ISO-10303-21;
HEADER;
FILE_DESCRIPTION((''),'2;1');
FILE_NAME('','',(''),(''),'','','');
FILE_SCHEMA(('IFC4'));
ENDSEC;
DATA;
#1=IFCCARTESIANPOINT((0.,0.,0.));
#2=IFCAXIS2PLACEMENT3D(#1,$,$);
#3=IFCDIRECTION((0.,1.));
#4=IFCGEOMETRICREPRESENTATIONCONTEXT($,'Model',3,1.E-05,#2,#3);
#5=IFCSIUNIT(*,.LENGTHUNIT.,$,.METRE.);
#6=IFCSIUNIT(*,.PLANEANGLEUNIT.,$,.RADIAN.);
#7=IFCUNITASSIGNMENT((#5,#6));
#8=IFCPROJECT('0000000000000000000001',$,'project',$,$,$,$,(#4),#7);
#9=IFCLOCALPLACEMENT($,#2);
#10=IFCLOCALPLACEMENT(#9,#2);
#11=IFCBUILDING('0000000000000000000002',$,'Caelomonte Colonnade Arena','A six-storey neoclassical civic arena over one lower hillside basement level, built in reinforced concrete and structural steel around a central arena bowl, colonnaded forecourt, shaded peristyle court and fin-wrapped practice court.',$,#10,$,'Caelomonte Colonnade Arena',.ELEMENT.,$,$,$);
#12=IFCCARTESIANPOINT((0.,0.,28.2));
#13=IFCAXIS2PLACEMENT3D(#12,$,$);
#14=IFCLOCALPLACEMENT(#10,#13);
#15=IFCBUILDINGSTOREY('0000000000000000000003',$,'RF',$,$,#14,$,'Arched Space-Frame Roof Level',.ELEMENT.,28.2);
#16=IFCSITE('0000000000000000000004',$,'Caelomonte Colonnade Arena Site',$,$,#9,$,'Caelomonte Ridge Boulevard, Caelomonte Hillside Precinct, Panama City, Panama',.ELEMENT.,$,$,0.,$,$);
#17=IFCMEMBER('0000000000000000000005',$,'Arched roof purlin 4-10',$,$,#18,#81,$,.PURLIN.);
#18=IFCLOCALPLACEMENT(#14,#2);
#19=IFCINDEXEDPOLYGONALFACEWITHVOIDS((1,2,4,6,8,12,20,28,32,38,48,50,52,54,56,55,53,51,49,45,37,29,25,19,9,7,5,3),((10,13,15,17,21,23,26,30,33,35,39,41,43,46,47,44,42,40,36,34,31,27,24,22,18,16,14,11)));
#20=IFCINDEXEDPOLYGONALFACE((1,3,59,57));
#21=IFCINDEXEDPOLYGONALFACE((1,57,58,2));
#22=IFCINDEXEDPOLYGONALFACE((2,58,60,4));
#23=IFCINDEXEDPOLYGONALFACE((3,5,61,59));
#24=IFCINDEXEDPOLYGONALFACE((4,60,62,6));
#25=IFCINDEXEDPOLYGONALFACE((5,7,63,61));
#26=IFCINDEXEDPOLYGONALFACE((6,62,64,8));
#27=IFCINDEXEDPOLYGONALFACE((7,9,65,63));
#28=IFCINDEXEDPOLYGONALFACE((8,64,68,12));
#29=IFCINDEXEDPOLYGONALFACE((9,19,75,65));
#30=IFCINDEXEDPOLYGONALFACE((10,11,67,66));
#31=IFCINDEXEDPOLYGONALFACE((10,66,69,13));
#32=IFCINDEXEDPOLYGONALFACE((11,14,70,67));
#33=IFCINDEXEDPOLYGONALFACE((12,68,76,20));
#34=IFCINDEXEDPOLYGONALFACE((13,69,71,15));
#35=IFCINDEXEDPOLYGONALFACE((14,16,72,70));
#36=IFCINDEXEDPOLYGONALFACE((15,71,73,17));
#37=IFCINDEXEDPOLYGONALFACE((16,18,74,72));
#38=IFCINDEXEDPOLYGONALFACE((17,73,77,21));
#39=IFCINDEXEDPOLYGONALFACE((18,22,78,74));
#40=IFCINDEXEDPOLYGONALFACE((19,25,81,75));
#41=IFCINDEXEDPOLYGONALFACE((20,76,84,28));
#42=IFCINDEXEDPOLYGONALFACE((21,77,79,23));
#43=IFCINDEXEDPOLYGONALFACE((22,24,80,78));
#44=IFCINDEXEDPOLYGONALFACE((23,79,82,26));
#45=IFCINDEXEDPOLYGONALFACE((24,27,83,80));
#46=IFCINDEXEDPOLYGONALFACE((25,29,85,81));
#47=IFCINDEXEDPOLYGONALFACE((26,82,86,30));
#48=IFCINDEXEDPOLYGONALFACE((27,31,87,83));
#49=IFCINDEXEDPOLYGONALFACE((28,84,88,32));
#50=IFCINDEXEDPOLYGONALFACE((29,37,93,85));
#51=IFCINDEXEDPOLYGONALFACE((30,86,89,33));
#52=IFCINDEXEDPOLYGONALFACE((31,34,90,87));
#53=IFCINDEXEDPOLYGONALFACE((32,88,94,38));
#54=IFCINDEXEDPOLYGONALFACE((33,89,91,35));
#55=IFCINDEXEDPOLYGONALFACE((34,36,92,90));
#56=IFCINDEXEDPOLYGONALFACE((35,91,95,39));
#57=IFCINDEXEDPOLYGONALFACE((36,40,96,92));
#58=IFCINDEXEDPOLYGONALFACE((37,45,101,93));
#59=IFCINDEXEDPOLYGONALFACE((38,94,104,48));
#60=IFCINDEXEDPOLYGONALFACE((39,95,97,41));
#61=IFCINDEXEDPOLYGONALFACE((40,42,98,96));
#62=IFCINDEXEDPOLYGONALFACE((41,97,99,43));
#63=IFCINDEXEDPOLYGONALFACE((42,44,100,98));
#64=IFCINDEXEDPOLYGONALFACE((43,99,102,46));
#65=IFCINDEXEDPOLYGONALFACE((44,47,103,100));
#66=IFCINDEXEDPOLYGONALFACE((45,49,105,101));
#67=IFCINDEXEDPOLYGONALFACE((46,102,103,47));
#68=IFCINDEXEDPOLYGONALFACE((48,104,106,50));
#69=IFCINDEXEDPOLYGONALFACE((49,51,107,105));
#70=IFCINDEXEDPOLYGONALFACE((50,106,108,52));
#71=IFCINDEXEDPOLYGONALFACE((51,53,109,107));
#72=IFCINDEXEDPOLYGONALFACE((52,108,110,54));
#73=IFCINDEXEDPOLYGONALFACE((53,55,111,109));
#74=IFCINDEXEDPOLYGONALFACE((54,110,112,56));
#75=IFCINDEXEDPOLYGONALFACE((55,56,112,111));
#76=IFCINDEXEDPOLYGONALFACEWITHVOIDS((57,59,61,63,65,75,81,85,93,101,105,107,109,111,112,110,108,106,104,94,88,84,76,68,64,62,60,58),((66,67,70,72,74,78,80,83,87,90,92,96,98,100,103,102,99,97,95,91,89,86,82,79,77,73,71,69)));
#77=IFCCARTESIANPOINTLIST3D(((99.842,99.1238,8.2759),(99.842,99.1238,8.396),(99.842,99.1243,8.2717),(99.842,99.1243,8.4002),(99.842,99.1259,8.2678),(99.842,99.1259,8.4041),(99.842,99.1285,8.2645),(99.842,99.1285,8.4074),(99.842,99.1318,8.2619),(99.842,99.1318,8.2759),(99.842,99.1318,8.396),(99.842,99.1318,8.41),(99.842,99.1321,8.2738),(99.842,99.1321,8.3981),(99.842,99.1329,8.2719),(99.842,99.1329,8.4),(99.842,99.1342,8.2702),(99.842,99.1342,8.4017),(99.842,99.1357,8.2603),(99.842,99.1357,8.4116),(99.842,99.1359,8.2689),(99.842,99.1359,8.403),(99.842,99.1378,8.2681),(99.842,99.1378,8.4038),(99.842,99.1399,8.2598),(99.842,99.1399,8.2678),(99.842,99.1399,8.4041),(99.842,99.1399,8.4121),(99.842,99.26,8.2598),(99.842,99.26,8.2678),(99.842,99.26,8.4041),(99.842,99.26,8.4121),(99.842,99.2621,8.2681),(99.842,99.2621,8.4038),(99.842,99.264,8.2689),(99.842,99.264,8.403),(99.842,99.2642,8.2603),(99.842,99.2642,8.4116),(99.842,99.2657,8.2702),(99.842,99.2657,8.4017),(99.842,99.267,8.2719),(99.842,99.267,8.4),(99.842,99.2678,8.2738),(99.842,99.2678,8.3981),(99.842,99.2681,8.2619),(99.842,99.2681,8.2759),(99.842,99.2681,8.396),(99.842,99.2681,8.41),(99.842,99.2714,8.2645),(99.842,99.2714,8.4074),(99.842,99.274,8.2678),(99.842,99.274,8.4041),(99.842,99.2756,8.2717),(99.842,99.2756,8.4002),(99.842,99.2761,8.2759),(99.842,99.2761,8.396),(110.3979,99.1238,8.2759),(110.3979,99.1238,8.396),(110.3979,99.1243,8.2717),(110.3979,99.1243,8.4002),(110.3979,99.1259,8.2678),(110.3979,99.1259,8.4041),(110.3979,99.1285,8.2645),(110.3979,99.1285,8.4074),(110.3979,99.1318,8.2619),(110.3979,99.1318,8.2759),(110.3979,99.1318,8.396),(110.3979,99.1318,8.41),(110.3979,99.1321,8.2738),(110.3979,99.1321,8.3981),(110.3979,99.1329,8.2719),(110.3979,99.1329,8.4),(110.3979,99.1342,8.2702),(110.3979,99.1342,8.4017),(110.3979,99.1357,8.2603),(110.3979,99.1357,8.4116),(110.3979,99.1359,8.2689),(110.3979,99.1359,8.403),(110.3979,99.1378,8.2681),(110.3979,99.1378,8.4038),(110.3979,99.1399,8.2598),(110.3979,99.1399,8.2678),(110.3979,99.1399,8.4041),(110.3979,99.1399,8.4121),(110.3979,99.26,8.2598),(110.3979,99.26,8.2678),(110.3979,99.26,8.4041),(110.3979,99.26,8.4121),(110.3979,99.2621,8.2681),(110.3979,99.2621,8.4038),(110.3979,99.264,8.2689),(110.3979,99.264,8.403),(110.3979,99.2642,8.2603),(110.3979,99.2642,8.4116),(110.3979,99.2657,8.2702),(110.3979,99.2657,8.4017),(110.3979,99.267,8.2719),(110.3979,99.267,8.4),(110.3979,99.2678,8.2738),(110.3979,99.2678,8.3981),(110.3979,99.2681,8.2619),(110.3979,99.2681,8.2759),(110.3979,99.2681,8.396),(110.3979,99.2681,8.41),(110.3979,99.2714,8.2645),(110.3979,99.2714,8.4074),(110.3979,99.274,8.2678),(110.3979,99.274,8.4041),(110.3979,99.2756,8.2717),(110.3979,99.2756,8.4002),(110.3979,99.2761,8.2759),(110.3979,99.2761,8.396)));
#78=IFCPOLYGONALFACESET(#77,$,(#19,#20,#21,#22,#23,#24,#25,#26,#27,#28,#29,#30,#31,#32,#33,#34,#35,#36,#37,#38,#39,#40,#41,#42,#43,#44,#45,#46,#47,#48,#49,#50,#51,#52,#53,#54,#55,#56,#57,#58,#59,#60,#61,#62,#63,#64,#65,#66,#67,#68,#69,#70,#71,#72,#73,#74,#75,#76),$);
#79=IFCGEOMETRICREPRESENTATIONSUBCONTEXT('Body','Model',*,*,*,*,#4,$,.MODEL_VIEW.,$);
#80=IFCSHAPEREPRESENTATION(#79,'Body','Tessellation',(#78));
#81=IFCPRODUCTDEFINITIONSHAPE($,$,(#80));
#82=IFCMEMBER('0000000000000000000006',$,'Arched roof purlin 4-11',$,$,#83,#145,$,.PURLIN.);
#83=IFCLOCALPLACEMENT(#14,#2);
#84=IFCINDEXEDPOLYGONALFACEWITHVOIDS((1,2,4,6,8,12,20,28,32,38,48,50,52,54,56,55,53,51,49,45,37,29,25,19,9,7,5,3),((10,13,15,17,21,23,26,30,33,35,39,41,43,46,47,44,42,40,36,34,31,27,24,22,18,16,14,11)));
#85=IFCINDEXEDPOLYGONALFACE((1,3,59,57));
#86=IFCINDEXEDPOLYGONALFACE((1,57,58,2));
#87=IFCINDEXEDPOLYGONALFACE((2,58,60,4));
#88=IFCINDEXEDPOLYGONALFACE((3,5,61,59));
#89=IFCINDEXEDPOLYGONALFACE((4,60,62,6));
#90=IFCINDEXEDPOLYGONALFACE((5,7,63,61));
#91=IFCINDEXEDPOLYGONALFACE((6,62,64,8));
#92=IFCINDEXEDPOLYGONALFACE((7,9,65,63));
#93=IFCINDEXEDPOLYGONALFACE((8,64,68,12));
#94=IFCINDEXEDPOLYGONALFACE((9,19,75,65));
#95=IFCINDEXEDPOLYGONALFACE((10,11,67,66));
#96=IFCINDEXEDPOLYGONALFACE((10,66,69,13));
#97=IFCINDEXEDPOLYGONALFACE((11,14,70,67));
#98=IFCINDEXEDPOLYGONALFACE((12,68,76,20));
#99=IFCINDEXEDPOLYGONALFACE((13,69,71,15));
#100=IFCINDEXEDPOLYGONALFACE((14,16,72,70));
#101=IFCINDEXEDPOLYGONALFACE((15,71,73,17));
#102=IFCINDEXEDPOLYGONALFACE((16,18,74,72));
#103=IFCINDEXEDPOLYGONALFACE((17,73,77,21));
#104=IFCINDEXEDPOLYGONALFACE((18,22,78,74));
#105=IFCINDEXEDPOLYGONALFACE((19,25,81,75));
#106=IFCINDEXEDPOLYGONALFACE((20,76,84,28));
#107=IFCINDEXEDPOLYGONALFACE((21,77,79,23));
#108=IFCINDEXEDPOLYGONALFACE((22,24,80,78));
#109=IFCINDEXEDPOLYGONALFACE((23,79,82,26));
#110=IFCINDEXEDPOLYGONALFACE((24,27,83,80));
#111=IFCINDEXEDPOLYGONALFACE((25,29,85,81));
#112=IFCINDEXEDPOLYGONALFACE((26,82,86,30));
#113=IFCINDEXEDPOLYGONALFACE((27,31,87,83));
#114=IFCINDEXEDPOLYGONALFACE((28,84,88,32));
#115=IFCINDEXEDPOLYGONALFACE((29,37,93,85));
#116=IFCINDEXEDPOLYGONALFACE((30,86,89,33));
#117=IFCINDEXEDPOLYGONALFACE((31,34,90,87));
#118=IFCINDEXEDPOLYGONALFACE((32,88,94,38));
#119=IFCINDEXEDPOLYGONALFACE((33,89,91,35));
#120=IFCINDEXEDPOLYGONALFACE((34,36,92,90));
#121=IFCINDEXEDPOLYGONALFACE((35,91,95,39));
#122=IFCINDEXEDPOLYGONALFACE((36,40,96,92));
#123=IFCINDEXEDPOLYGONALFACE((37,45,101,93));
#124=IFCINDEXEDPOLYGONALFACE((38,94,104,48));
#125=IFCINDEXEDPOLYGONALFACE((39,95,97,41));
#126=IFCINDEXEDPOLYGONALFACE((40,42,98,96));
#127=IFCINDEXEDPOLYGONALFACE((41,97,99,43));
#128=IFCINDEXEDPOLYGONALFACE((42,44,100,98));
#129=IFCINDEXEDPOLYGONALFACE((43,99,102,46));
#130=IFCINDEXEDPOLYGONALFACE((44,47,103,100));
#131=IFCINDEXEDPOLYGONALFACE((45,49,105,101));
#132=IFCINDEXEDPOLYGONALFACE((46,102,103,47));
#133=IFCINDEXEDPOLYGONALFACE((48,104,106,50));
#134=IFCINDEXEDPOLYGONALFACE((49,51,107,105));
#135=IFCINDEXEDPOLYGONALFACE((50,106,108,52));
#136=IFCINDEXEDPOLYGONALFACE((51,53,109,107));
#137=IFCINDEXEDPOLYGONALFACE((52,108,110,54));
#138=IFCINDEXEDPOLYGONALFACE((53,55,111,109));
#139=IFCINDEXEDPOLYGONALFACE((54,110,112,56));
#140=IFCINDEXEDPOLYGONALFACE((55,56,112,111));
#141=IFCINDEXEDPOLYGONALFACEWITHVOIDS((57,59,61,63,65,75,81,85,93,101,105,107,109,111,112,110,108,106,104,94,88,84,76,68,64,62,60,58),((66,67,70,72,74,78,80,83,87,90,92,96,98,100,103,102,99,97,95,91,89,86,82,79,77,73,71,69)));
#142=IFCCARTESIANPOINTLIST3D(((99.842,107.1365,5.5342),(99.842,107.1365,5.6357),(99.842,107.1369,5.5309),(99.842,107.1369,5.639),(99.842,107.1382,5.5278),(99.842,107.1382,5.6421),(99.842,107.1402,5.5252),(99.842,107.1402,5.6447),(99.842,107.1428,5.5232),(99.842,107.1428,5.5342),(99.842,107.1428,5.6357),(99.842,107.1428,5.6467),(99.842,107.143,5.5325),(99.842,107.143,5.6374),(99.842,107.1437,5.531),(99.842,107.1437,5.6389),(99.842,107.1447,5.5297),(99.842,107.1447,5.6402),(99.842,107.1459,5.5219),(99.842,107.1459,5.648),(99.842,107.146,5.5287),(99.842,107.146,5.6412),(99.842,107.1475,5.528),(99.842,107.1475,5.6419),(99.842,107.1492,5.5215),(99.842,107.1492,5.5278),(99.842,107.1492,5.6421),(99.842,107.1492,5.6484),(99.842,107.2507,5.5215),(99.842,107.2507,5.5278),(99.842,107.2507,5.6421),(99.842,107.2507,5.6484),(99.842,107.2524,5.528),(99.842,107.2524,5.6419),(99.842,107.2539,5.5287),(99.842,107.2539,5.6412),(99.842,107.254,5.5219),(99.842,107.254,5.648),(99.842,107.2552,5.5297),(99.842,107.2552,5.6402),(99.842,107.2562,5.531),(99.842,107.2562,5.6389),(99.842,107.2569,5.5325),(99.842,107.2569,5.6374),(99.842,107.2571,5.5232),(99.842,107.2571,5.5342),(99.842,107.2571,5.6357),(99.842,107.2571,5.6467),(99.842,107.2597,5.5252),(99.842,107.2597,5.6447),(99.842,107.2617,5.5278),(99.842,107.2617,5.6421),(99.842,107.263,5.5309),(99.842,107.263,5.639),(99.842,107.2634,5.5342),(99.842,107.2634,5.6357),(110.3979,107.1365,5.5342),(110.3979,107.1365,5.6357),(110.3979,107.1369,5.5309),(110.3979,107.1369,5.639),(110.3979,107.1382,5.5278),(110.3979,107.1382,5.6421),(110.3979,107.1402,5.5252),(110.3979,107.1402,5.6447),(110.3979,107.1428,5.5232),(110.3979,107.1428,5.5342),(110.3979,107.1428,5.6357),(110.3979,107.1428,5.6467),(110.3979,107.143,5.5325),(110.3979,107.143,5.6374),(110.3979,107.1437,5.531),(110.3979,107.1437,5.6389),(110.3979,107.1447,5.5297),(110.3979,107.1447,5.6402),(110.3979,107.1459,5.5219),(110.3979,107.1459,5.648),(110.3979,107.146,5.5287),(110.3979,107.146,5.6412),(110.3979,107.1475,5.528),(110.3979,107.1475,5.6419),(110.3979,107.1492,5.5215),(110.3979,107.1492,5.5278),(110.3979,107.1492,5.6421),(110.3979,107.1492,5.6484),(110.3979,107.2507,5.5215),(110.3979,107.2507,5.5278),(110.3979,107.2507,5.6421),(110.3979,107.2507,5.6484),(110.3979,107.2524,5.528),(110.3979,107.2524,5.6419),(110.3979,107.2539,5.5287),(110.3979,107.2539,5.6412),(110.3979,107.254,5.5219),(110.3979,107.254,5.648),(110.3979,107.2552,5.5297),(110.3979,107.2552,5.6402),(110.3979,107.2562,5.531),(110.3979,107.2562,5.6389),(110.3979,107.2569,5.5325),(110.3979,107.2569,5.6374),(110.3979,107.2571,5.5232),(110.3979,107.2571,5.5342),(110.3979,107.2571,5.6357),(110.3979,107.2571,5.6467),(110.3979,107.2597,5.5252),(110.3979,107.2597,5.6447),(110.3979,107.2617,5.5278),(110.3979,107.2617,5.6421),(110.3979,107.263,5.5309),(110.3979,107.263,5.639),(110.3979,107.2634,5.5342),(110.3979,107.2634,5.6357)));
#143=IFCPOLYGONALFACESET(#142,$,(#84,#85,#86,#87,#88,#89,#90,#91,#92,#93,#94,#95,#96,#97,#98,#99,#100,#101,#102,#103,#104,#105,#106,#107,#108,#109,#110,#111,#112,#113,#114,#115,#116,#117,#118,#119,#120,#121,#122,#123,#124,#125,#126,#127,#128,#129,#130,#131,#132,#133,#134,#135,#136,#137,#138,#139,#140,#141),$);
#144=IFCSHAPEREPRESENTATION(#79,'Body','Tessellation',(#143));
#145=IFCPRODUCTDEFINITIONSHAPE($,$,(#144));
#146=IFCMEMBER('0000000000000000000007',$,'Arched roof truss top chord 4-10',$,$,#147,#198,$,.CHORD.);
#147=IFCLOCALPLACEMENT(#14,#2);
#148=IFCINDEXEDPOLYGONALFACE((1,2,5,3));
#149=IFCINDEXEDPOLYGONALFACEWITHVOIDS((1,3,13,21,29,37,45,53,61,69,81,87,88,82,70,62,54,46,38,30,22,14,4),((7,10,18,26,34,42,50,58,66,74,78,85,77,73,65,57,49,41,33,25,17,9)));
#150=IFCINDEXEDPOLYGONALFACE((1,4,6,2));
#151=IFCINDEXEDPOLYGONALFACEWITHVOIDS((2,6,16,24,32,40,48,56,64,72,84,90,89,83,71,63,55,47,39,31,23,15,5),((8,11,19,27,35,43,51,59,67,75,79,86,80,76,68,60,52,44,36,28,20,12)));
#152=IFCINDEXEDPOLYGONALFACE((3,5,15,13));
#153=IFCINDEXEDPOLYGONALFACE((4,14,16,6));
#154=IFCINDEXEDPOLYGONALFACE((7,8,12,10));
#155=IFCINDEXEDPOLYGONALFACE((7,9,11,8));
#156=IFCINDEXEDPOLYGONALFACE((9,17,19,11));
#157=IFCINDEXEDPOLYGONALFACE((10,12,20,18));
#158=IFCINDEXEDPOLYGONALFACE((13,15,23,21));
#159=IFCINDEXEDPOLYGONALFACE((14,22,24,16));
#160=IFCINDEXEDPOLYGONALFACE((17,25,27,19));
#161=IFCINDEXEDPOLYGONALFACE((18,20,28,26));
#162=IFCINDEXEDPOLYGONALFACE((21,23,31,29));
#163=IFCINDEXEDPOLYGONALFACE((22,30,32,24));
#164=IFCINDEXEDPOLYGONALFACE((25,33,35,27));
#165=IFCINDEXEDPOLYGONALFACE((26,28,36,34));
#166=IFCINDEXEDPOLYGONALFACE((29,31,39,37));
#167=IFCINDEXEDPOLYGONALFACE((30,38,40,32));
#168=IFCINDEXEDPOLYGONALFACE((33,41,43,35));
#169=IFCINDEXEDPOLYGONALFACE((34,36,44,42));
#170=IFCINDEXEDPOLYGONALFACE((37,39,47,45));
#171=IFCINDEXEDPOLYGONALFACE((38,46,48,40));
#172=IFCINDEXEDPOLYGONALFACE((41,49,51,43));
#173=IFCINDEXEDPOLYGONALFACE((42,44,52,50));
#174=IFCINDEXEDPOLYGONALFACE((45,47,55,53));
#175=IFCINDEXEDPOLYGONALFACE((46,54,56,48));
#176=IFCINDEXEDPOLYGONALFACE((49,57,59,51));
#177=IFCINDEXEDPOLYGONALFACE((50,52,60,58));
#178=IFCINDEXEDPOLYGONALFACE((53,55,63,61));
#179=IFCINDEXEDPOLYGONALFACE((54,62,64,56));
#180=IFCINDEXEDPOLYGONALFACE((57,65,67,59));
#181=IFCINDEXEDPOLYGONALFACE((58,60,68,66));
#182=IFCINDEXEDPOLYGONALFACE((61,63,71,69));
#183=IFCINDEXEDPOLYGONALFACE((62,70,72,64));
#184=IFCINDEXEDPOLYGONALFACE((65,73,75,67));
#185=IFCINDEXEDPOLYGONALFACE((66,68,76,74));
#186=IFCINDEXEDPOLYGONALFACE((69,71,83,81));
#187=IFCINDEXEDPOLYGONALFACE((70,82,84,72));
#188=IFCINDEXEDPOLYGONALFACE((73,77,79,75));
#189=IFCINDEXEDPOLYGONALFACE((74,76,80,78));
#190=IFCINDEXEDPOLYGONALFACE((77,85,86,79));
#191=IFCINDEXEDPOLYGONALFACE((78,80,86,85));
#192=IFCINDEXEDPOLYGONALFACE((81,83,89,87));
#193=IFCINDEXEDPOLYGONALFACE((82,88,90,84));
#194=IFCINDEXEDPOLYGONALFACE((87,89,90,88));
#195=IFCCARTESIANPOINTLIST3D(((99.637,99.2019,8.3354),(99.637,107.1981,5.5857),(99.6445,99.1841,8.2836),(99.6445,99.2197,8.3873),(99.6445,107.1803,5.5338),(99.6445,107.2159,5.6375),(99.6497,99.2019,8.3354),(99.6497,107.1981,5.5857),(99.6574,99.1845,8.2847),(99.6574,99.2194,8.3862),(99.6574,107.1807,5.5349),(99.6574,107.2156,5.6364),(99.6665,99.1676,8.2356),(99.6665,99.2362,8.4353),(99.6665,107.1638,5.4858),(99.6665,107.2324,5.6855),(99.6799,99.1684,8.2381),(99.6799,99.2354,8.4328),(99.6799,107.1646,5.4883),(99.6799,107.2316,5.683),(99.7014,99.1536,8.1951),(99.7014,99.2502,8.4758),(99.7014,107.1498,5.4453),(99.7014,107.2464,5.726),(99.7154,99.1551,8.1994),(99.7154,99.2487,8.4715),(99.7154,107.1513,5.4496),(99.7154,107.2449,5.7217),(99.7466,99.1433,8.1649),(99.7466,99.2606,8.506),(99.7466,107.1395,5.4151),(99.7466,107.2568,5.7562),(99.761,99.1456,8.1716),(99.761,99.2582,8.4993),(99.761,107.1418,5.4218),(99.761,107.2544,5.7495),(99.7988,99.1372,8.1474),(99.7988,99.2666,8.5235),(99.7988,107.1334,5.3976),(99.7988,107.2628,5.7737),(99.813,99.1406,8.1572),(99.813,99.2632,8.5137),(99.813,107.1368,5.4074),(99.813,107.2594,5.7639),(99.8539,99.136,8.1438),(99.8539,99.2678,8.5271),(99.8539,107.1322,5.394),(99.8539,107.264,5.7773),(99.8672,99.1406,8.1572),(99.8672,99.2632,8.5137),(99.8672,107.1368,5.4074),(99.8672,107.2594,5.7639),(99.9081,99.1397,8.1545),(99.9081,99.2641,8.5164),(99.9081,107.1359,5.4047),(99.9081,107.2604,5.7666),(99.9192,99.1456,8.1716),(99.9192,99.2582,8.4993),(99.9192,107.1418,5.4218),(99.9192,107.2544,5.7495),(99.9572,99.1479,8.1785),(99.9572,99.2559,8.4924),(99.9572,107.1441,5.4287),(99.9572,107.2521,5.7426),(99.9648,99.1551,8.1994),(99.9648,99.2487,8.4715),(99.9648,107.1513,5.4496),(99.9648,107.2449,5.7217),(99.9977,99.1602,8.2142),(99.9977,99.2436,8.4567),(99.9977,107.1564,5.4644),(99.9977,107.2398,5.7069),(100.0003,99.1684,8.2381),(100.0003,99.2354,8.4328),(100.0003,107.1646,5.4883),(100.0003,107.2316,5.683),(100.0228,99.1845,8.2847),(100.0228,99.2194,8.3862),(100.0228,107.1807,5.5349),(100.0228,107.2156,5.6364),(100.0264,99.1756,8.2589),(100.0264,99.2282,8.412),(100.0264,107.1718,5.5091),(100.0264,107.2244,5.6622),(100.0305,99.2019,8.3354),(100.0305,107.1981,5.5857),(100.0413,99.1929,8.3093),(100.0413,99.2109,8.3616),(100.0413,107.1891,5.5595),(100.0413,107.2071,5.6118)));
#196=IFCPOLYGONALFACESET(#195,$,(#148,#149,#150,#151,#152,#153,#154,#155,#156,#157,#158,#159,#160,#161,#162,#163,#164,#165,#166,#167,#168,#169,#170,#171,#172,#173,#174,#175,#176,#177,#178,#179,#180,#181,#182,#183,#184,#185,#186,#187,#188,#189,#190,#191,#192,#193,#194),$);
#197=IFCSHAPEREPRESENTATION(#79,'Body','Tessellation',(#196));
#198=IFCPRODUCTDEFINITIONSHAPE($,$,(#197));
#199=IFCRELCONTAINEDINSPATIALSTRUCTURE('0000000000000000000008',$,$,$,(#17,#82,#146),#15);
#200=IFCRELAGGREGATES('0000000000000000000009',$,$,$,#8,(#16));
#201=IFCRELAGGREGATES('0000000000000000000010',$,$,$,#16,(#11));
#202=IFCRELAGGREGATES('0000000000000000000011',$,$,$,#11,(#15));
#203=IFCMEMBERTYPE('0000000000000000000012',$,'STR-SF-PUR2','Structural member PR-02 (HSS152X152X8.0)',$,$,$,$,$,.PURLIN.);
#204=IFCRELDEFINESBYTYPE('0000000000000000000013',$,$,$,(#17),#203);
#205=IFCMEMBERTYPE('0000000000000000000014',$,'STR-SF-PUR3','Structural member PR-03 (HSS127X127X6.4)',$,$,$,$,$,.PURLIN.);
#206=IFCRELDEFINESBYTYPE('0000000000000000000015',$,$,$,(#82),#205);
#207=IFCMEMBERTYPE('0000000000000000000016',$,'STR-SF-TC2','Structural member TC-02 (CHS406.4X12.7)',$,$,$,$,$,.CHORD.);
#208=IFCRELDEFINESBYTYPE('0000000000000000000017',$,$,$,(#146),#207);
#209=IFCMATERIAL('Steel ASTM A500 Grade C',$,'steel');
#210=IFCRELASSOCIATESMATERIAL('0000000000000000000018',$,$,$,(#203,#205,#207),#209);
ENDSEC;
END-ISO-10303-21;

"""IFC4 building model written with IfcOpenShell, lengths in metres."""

from ifc_helpers import new_model, si_unit, direction, frame, origin, origin_2d, place, context, subcontext, project, spatial, hollow_rectangle, hollow_circle, extrude, material, material_profile, profile_set, type_object, element, save


model = new_model("IFC4")

# Units and contexts
model_context = context("Model", 3, precision=1e-05, world=origin(), true_north=direction((0.0, 1.0)))
body_context = subcontext(model_context, "Body", "Model", "MODEL_VIEW")
ifc_project = project(units=[si_unit("LENGTHUNIT", "METRE"), si_unit("PLANEANGLEUNIT", "RADIAN")], contexts=[model_context])

# Site, building, storey
site_placement = place(None, origin())
site = spatial("IfcSite", under=ifc_project, at=site_placement, Name="Caelomonte Colonnade Arena Site", LongName="Caelomonte Ridge Boulevard, Caelomonte Hillside Precinct, Panama City, Panama", CompositionType="ELEMENT", RefElevation=0.0)
building_placement = place(site_placement, origin())
building = spatial("IfcBuilding", under=site, at=building_placement, Name="Caelomonte Colonnade Arena", Description="A six-storey neoclassical civic arena over one lower hillside basement level, built in reinforced concrete and structural steel around a central arena bowl, colonnaded forecourt, shaded peristyle court and fin-wrapped practice court.", LongName="Caelomonte Colonnade Arena", CompositionType="ELEMENT")
storey_placement = place(building_placement, frame((0.0, 0.0, 28.2)))
storey = spatial("IfcBuildingStorey", under=building, at=storey_placement, Name="RF", LongName="Arched Space-Frame Roof Level", CompositionType="ELEMENT", Elevation=28.2)

# Members
ifc_material_1 = material(Name="Steel ASTM A500 Grade C", Category="steel")
ifc_material_profile_1 = material_profile(ifc_material_1, hollow_rectangle(XDim=0.1523, YDim=0.1523, WallThickness=0.0081, InnerFilletRadius=0.0081, OuterFilletRadius=0.0161, at=origin_2d()), Name="HSS152X152X8.0")
ifc_profile_set_1 = profile_set([ifc_material_profile_1], Name="Steel ASTM A500 Grade C")
member_type_1 = type_object("IfcMemberType", Name="STR-SF-PUR2", Description="Structural member PR-02 (HSS152X152X8.0)", PredefinedType="PURLIN", material=ifc_profile_set_1)
member_1_placement = place(storey_placement, frame((99.842, 99.2, 8.3359), z_axis=(1.0, 0.0, 0.0), x_axis=(0.0, 1.0, 0.0)))
element("IfcMember", 1, at=member_1_placement, inside=storey, type_object=member_type_1, Name="Arched roof purlin 4-10", PredefinedType="PURLIN", context=body_context, shape_type="SweptSolid", body=[
    extrude(hollow_rectangle(XDim=0.1523, YDim=0.1523, WallThickness=0.0081, InnerFilletRadius=0.0081, OuterFilletRadius=0.0161, at=origin_2d()), origin(), (0.0, 0.0, 1.0), 10.5559),
])
ifc_material_profile_2 = material_profile(ifc_material_1, hollow_rectangle(XDim=0.127, YDim=0.127, WallThickness=0.0063, InnerFilletRadius=0.0063, OuterFilletRadius=0.0127, at=origin_2d()), Name="HSS127X127X6.4")
ifc_profile_set_2 = profile_set([ifc_material_profile_2], Name="Steel ASTM A500 Grade C")
member_type_2 = type_object("IfcMemberType", Name="STR-SF-PUR3", Description="Structural member PR-03 (HSS127X127X6.4)", PredefinedType="PURLIN", material=ifc_profile_set_2)
member_2_placement = place(storey_placement, frame((99.842, 107.2, 5.585), z_axis=(1.0, 0.0, 0.0), x_axis=(0.0, 1.0, 0.0)))
element("IfcMember", 2, at=member_2_placement, inside=storey, type_object=member_type_2, Name="Arched roof purlin 4-11", PredefinedType="PURLIN", context=body_context, shape_type="SweptSolid", body=[
    extrude(hollow_rectangle(XDim=0.127, YDim=0.127, WallThickness=0.0063, InnerFilletRadius=0.0063, OuterFilletRadius=0.0127, at=origin_2d()), origin(), (0.0, 0.0, 1.0), 10.5559),
])
ifc_material_profile_3 = material_profile(ifc_material_1, hollow_circle(Radius=0.2031, WallThickness=0.0127, at=origin_2d()), Name="CHS406.4X12.7")
ifc_profile_set_3 = profile_set([ifc_material_profile_3], Name="Steel ASTM A500 Grade C")
member_type_3 = type_object("IfcMemberType", Name="STR-SF-TC2", Description="Structural member TC-02 (CHS406.4X12.7)", PredefinedType="CHORD", material=ifc_profile_set_3)
member_3_placement = place(storey_placement, frame((99.8401, 99.2019, 8.3354), z_axis=(0.0, 0.945647, -0.325196), x_axis=(-1.0, 0.0, 0.0)))
element("IfcMember", 3, at=member_3_placement, inside=storey, type_object=member_type_3, Name="Arched roof truss top chord 4-10", PredefinedType="CHORD", context=body_context, shape_type="SweptSolid", body=[
    extrude(hollow_circle(Radius=0.2031, WallThickness=0.0127, at=origin_2d()), origin(), (0.0, 0.0, 1.0), 8.4558),
])

save(model, "model.ifc")
